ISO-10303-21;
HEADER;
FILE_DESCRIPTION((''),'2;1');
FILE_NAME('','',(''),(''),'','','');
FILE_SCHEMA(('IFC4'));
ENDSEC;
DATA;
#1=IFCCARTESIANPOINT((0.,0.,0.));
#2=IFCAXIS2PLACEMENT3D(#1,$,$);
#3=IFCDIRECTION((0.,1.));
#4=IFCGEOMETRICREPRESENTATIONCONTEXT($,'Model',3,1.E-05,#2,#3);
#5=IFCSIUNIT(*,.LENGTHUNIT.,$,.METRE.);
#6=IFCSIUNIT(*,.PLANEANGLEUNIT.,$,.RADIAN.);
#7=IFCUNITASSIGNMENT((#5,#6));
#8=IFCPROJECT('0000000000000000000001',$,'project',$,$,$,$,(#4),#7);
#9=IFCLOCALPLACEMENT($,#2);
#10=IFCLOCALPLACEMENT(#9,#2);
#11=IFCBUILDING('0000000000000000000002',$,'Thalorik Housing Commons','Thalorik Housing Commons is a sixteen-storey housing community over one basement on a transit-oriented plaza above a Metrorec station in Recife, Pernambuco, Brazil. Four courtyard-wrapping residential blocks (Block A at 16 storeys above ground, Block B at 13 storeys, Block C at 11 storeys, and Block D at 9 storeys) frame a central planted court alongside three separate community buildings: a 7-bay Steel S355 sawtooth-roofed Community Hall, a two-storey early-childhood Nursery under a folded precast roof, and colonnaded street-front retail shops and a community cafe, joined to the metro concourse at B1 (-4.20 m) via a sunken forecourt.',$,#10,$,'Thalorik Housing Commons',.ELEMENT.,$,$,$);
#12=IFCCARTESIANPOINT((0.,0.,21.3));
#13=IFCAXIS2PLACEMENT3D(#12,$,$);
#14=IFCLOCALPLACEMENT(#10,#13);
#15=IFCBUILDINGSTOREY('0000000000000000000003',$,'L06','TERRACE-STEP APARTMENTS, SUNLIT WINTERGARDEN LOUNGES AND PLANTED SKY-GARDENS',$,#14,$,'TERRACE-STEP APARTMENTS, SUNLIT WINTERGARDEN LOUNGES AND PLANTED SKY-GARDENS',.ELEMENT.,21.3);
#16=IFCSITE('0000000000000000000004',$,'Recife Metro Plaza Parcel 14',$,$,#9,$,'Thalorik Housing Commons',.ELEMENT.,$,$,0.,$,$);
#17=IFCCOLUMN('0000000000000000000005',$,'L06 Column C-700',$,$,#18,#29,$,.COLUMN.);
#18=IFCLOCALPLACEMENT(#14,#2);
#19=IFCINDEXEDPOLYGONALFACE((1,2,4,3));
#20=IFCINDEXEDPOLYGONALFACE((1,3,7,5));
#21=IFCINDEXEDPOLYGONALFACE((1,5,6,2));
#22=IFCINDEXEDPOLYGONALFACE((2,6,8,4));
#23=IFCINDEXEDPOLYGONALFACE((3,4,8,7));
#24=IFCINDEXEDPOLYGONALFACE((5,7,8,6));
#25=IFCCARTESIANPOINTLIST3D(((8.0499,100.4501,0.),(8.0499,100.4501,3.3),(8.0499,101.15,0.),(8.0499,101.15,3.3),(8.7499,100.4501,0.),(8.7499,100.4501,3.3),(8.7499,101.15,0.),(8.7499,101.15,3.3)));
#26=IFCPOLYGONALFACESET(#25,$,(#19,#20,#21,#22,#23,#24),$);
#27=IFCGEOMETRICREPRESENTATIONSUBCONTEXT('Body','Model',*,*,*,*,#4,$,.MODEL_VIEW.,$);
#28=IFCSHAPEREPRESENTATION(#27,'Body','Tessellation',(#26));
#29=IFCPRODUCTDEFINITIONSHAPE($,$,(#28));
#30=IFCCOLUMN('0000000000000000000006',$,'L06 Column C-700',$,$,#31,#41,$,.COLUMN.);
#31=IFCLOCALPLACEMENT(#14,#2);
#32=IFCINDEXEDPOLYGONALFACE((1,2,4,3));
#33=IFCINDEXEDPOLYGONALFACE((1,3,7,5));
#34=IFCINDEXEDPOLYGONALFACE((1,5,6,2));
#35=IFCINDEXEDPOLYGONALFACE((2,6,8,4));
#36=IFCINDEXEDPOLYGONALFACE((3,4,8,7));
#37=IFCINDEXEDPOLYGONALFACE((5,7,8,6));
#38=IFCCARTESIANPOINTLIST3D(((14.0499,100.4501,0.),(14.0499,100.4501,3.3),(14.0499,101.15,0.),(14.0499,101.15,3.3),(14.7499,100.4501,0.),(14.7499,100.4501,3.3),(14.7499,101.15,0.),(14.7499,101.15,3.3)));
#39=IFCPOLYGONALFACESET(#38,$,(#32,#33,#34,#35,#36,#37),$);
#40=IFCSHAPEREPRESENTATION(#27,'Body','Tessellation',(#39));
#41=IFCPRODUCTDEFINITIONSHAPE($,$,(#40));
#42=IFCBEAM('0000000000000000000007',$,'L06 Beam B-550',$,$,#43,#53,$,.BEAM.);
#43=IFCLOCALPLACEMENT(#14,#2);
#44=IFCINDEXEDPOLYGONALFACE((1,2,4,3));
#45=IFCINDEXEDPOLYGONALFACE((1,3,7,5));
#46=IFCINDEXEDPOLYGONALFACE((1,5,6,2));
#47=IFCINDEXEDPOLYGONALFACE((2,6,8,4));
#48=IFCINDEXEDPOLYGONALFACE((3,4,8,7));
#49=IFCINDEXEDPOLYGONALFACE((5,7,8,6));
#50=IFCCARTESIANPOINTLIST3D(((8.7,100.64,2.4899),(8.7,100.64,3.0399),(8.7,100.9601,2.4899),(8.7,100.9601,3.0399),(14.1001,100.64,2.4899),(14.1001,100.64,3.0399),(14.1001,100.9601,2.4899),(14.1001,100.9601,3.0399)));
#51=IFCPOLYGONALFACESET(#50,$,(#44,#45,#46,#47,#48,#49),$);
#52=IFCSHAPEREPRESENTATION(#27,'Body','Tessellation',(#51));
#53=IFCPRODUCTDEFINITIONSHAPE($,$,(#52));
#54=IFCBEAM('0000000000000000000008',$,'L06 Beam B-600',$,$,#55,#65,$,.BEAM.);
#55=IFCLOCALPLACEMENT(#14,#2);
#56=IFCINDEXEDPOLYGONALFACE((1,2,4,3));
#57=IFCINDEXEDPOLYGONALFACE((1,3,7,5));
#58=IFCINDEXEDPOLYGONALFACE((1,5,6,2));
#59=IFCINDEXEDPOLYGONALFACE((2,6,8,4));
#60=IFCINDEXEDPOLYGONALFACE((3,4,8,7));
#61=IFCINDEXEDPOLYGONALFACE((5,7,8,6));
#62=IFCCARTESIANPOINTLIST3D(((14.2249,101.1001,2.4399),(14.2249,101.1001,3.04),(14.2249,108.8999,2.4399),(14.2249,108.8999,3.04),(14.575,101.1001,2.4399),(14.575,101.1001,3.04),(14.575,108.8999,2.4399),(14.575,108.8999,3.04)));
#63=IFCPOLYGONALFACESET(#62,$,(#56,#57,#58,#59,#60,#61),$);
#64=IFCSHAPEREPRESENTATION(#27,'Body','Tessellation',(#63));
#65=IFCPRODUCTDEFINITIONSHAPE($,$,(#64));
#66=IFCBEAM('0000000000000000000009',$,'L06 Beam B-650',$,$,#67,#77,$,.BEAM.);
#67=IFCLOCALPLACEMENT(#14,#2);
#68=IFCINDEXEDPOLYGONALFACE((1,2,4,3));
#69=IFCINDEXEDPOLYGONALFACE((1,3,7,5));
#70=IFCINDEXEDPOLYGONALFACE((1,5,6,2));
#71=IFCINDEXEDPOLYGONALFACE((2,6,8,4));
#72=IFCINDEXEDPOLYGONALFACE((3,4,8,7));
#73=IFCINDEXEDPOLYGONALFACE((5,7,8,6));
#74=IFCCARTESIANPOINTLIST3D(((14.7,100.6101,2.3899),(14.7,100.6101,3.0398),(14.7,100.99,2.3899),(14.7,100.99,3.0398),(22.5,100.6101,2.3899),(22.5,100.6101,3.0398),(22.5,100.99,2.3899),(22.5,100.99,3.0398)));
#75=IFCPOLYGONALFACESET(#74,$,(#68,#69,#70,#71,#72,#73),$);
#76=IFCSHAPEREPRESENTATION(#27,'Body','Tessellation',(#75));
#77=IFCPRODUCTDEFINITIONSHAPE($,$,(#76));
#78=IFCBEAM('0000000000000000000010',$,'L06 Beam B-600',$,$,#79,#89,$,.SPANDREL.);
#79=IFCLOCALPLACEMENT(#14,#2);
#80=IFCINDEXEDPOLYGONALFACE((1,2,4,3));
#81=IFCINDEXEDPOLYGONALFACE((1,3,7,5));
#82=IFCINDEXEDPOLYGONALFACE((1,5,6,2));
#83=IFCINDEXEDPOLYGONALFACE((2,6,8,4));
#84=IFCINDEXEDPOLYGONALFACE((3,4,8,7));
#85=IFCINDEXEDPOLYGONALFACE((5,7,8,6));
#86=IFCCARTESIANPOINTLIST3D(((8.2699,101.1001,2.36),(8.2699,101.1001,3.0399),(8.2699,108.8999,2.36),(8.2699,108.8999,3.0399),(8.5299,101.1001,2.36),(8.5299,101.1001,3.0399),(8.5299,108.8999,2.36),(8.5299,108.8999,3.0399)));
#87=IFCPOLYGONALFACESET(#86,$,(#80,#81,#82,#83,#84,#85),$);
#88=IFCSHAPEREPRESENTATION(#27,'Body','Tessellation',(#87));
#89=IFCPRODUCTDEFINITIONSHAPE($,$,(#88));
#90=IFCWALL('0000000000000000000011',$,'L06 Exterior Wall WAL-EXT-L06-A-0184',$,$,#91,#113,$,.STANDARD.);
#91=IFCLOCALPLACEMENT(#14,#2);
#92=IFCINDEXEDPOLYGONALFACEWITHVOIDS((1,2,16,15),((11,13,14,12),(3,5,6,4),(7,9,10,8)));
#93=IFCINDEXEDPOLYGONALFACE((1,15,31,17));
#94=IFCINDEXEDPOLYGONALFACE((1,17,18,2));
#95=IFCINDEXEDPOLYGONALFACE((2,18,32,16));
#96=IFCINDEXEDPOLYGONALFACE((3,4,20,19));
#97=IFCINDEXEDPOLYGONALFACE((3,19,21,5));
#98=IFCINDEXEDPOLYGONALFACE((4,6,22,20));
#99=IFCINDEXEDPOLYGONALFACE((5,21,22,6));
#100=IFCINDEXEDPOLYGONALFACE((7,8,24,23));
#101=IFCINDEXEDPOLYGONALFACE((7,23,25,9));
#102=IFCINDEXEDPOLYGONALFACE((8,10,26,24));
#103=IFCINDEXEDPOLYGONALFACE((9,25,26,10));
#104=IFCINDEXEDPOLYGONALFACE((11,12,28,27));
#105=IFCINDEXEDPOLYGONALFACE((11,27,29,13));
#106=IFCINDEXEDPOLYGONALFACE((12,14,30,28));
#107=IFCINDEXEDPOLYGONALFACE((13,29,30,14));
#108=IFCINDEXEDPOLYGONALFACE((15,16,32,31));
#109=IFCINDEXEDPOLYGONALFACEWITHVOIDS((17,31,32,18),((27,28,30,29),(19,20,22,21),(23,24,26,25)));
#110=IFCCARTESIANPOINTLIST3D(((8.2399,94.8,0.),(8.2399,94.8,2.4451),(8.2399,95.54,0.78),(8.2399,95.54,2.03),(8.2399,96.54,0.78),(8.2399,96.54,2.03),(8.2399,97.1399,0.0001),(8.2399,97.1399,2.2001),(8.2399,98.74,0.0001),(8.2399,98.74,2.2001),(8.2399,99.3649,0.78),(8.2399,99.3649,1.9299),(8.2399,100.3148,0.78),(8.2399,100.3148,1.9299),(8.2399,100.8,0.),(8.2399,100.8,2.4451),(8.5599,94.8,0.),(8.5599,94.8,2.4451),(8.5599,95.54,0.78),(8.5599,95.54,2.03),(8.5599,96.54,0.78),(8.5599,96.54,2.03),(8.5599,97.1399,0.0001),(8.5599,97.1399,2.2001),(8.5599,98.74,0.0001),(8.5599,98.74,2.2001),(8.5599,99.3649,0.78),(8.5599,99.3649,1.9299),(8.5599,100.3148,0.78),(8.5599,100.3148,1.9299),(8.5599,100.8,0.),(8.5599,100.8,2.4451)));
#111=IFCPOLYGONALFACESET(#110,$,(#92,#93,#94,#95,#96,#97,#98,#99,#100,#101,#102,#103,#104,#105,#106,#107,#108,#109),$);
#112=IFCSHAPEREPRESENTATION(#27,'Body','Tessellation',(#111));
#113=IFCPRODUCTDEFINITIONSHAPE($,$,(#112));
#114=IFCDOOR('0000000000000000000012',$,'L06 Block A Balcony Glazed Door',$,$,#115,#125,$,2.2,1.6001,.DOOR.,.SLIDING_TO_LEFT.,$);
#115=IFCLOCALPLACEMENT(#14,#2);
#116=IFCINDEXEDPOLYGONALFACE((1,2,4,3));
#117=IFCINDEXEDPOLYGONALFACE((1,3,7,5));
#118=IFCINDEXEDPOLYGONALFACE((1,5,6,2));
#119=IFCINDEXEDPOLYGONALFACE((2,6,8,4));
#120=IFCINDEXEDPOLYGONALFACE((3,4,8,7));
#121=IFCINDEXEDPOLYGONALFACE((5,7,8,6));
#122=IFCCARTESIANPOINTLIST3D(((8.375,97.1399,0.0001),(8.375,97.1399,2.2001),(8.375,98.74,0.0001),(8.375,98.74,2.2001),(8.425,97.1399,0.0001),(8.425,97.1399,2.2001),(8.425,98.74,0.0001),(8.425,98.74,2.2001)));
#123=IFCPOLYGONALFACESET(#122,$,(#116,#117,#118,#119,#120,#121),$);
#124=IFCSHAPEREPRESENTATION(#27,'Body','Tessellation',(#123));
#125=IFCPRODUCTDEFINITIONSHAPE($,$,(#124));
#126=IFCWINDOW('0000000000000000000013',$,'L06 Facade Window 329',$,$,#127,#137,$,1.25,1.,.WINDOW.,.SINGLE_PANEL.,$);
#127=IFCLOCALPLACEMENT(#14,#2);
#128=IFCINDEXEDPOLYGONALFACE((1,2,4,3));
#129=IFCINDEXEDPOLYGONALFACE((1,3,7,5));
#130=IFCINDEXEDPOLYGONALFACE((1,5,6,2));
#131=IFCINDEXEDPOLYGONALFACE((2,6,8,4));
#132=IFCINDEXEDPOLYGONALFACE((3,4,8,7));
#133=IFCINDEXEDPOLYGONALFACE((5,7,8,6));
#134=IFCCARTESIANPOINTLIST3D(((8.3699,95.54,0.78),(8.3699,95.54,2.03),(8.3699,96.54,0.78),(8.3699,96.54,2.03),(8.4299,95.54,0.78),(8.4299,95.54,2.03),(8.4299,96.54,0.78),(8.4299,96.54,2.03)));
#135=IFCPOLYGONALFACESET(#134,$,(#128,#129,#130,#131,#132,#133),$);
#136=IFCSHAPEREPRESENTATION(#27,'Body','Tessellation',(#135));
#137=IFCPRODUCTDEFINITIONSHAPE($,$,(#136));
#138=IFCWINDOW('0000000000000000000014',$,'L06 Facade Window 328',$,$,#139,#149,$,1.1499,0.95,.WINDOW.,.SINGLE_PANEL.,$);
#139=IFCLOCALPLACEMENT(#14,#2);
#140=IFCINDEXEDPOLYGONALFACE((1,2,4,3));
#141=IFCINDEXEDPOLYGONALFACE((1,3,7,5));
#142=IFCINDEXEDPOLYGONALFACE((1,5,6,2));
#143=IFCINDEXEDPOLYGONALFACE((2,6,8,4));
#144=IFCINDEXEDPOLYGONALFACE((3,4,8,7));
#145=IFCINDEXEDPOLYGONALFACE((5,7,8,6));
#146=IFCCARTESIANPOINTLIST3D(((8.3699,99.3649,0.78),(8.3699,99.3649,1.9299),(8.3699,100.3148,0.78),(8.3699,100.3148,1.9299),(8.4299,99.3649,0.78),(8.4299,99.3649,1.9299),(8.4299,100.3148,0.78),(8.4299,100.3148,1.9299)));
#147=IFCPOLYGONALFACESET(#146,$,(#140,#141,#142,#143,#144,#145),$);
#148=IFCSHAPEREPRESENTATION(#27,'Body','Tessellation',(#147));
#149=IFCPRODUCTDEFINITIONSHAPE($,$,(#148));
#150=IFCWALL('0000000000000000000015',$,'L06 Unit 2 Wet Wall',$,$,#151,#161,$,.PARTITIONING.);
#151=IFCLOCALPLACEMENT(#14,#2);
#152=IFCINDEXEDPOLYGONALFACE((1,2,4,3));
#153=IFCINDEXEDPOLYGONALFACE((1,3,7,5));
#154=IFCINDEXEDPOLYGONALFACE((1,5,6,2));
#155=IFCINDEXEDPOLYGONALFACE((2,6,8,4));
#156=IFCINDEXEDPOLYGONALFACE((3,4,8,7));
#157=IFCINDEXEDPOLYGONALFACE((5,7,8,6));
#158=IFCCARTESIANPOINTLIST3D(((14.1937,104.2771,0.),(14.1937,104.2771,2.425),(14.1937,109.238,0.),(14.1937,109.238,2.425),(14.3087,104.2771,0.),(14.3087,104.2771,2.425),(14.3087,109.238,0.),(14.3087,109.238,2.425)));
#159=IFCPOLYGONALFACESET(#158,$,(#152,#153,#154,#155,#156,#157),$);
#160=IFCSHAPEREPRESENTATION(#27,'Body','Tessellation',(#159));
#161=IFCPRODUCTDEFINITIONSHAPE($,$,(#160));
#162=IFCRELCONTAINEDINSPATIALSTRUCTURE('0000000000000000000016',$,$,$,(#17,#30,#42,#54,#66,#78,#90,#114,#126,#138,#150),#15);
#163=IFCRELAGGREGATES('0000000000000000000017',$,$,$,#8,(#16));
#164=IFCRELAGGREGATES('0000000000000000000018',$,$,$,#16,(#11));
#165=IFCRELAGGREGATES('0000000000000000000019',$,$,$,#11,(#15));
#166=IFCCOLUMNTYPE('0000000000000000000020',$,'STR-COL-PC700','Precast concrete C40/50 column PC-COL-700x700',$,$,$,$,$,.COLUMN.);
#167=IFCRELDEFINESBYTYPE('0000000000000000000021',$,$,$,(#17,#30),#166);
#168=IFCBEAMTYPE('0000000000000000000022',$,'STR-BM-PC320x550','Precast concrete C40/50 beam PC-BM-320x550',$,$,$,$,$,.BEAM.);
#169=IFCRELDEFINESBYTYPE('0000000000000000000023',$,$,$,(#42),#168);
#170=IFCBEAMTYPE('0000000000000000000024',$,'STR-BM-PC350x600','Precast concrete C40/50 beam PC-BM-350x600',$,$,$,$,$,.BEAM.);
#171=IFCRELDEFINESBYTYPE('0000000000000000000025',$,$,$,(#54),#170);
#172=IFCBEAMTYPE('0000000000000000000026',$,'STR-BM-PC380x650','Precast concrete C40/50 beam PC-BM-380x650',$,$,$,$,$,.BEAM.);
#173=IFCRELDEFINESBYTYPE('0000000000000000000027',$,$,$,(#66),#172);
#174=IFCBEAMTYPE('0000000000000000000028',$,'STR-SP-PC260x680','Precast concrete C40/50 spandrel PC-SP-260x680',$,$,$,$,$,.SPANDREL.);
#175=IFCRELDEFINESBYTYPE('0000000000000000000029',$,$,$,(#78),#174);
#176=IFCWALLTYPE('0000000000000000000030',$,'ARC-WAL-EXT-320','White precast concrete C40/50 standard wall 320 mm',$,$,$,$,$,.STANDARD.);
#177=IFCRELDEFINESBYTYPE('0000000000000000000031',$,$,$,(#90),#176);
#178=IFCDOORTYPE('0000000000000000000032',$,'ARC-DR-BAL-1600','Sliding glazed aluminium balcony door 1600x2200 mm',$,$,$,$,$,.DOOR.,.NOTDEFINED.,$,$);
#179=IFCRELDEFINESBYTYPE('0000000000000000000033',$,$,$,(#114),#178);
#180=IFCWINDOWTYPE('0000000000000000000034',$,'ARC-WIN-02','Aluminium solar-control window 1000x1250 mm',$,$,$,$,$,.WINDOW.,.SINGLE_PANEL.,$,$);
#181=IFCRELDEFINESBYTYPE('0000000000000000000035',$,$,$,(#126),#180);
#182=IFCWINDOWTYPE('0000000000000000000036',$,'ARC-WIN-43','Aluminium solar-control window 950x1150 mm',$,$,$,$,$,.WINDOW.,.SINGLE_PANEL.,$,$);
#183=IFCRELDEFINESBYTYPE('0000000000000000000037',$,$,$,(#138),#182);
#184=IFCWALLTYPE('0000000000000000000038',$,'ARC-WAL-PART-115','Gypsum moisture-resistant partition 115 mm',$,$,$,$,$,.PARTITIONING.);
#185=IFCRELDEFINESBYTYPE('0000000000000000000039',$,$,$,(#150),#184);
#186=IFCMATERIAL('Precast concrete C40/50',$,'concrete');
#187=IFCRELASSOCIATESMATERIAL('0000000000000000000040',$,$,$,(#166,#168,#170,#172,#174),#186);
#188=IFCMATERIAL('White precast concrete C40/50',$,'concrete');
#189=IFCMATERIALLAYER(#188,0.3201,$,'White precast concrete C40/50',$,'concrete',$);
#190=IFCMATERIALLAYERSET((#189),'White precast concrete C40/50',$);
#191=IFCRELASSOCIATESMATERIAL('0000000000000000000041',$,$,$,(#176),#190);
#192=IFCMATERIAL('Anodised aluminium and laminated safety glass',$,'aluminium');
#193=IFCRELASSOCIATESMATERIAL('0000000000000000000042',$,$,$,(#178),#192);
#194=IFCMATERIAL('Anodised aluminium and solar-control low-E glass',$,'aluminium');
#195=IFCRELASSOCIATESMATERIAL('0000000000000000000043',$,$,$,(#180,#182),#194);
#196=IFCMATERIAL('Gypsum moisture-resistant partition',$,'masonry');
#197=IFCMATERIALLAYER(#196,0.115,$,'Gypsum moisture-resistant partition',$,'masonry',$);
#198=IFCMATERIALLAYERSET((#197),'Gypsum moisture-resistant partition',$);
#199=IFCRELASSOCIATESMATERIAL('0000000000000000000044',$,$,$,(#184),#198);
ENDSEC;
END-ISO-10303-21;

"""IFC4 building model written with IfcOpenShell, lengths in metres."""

from ifc_helpers import new_model, si_unit, direction, frame, frame_2d, origin, origin_2d, place, context, subcontext, project, spatial, rectangle, extrude, material, layer, layer_set, material_profile, profile_set, type_object, element, fill, save


model = new_model("IFC4")

# Units and contexts
model_context = context("Model", 3, precision=1e-05, world=origin(), true_north=direction((0.0, 1.0)))
body_context = subcontext(model_context, "Body", "Model", "MODEL_VIEW")
ifc_project = project(units=[si_unit("LENGTHUNIT", "METRE"), si_unit("PLANEANGLEUNIT", "RADIAN")], contexts=[model_context])

# Site, building, storey
site_placement = place(None, origin())
site = spatial("IfcSite", under=ifc_project, at=site_placement, Name="Recife Metro Plaza Parcel 14", LongName="Thalorik Housing Commons", CompositionType="ELEMENT", RefElevation=0.0)
building_placement = place(site_placement, origin())
building = spatial("IfcBuilding", under=site, at=building_placement, Name="Thalorik Housing Commons", Description="Thalorik Housing Commons is a sixteen-storey housing community over one basement on a transit-oriented plaza above a Metrorec station in Recife, Pernambuco, Brazil. Four courtyard-wrapping residential blocks (Block A at 16 storeys above ground, Block B at 13 storeys, Block C at 11 storeys, and Block D at 9 storeys) frame a central planted court alongside three separate community buildings: a 7-bay Steel S355 sawtooth-roofed Community Hall, a two-storey early-childhood Nursery under a folded precast roof, and colonnaded street-front retail shops and a community cafe, joined to the metro concourse at B1 (-4.20 m) via a sunken forecourt.", LongName="Thalorik Housing Commons", CompositionType="ELEMENT")
storey_placement = place(building_placement, frame((0.0, 0.0, 21.3)))
storey = spatial("IfcBuildingStorey", under=building, at=storey_placement, Name="L06", Description="TERRACE-STEP APARTMENTS, SUNLIT WINTERGARDEN LOUNGES AND PLANTED SKY-GARDENS", LongName="TERRACE-STEP APARTMENTS, SUNLIT WINTERGARDEN LOUNGES AND PLANTED SKY-GARDENS", CompositionType="ELEMENT", Elevation=21.3)

# Columns
ifc_material_1 = material(Name="Precast concrete C40/50", Category="concrete")
ifc_material_profile_1 = material_profile(ifc_material_1, rectangle(XDim=0.7, YDim=0.7, at=origin_2d()), Name="PC 700x700", Category="concrete")
ifc_profile_set_1 = profile_set([ifc_material_profile_1], Name="Precast concrete C40/50")
column_type = type_object("IfcColumnType", Name="STR-COL-PC700", Description="Precast concrete C40/50 column PC-COL-700x700", PredefinedType="COLUMN", material=ifc_profile_set_1)
for number, where, z_axis, x_axis, name in (
    (1, (8.3999, 100.8, 0.0), (0.0, 0.0, 1.0), (1.0, 0.0, 0.0), "L06 Column C-700"),
    (2, (14.3999, 100.8, 0.0), (0.0, 0.0, 1.0), (1.0, 0.0, 0.0), "L06 Column C-700"),
):
    element("IfcColumn", number, at=place(storey_placement, frame(where, z_axis=z_axis, x_axis=x_axis)), inside=storey, type_object=column_type, Name=name, PredefinedType="COLUMN", context=body_context, shape_type="SweptSolid", body=[
        extrude(rectangle(XDim=0.7, YDim=0.7, at=origin_2d()), origin(), (0.0, 0.0, 1.0), 3.3),
    ])

# Beams
ifc_material_profile_2 = material_profile(ifc_material_1, rectangle(XDim=0.3201, YDim=0.55, at=origin_2d()), Name="PC 320x550", Category="concrete")
ifc_profile_set_2 = profile_set([ifc_material_profile_2], Name="Precast concrete C40/50")
beam_type_1 = type_object("IfcBeamType", Name="STR-BM-PC320x550", Description="Precast concrete C40/50 beam PC-BM-320x550", PredefinedType="BEAM", material=ifc_profile_set_2)
beam_1_placement = place(storey_placement, frame((8.7, 100.8, 2.7649), z_axis=(1.0, 0.0, 0.0), x_axis=(0.0, 1.0, 0.0)))
element("IfcBeam", 3, at=beam_1_placement, inside=storey, type_object=beam_type_1, Name="L06 Beam B-550", PredefinedType="BEAM", context=body_context, shape_type="SweptSolid", body=[
    extrude(rectangle(XDim=0.3201, YDim=0.55, at=origin_2d()), origin(), (0.0, 0.0, 1.0), 5.4001),
])
ifc_material_profile_3 = material_profile(ifc_material_1, rectangle(XDim=0.3501, YDim=0.6001, at=origin_2d()), Name="PC 350x600", Category="concrete")
ifc_profile_set_3 = profile_set([ifc_material_profile_3], Name="Precast concrete C40/50")
beam_type_2 = type_object("IfcBeamType", Name="STR-BM-PC350x600", Description="Precast concrete C40/50 beam PC-BM-350x600", PredefinedType="BEAM", material=ifc_profile_set_3)
beam_2_placement = place(storey_placement, frame((14.3999, 101.1001, 2.74), z_axis=(0.0, 1.0, 0.0), x_axis=(-1.0, 0.0, 0.0)))
element("IfcBeam", 4, at=beam_2_placement, inside=storey, type_object=beam_type_2, Name="L06 Beam B-600", PredefinedType="BEAM", context=body_context, shape_type="SweptSolid", body=[
    extrude(rectangle(XDim=0.3501, YDim=0.6001, at=origin_2d()), origin(), (0.0, 0.0, 1.0), 7.7998),
])
ifc_material_profile_4 = material_profile(ifc_material_1, rectangle(XDim=0.3799, YDim=0.6499, at=origin_2d()), Name="PC 380x650", Category="concrete")
ifc_profile_set_4 = profile_set([ifc_material_profile_4], Name="Precast concrete C40/50")
beam_type_3 = type_object("IfcBeamType", Name="STR-BM-PC380x650", Description="Precast concrete C40/50 beam PC-BM-380x650", PredefinedType="BEAM", material=ifc_profile_set_4)
beam_3_placement = place(storey_placement, frame((14.7, 100.8, 2.7148), z_axis=(1.0, 0.0, 0.0), x_axis=(0.0, 1.0, 0.0)))
element("IfcBeam", 5, at=beam_3_placement, inside=storey, type_object=beam_type_3, Name="L06 Beam B-650", PredefinedType="BEAM", context=body_context, shape_type="SweptSolid", body=[
    extrude(rectangle(XDim=0.3799, YDim=0.6499, at=origin_2d()), origin(), (0.0, 0.0, 1.0), 7.8),
])
ifc_material_profile_5 = material_profile(ifc_material_1, rectangle(XDim=0.26, YDim=0.6799, at=origin_2d()), Name="PC SP 260x680", Category="concrete")
ifc_profile_set_5 = profile_set([ifc_material_profile_5], Name="Precast concrete C40/50")
beam_type_4 = type_object("IfcBeamType", Name="STR-SP-PC260x680", Description="Precast concrete C40/50 spandrel PC-SP-260x680", PredefinedType="SPANDREL", material=ifc_profile_set_5)
beam_4_placement = place(storey_placement, frame((8.3999, 101.1001, 2.7), z_axis=(0.0, 1.0, 0.0), x_axis=(-1.0, 0.0, 0.0)))
element("IfcBeam", 6, at=beam_4_placement, inside=storey, type_object=beam_type_4, Name="L06 Beam B-600", PredefinedType="SPANDREL", context=body_context, shape_type="SweptSolid", body=[
    extrude(rectangle(XDim=0.26, YDim=0.6799, at=origin_2d()), origin(), (0.0, 0.0, 1.0), 7.7998),
])

# Wall, openings, door, windows
ifc_material_2 = material(Name="White precast concrete C40/50", Category="concrete")
ifc_layer_1 = layer(ifc_material_2, 0.3201, Name="White precast concrete C40/50", Category="concrete")
ifc_layer_set_1 = layer_set([ifc_layer_1], Name="White precast concrete C40/50")
wall_type_1 = type_object("IfcWallType", Name="ARC-WAL-EXT-320", Description="White precast concrete C40/50 standard wall 320 mm", PredefinedType="STANDARD", material=ifc_layer_set_1)
wall_1_placement = place(storey_placement, frame((8.3999, 100.8, 0.0), z_axis=(0.0, 0.0, 1.0), x_axis=(0.0, -1.0, 0.0)))
wall_1 = element("IfcWall", 7, at=wall_1_placement, inside=storey, type_object=wall_type_1, Name="L06 Exterior Wall WAL-EXT-L06-A-0184", PredefinedType="STANDARD", context=body_context, shape_type="SweptSolid", body=[
    extrude(rectangle(XDim=6.0, YDim=0.3201, at=frame_2d((3.0, 0.0))), origin(), (0.0, 0.0, 1.0), 2.4451),
])
opening_1_placement = place(wall_1_placement, frame((2.0601, 0.0, 0.0)))
opening_1 = element("IfcOpeningElement", 8, at=opening_1_placement, cuts=wall_1, PredefinedType="OPENING", context=body_context, shape_type="SweptSolid", body=[
    extrude(rectangle(XDim=1.6001, YDim=2.2, at=frame_2d((0.8, 1.1001))), frame((0.0, 0.1699, 0.0), z_axis=(0.0, -1.0, 0.0), x_axis=(1.0, 0.0, 0.0)), (0.0, 0.0, 1.0), 0.3401),
])
opening_2_placement = place(wall_1_placement, frame((0.4851, 0.0, 0.78)))
opening_2 = element("IfcOpeningElement", 9, at=opening_2_placement, cuts=wall_1, PredefinedType="OPENING", context=body_context, shape_type="SweptSolid", body=[
    extrude(rectangle(XDim=0.95, YDim=1.1499, at=frame_2d((0.4751, 0.575))), frame((0.0, 0.1699, 0.0), z_axis=(0.0, -1.0, 0.0), x_axis=(1.0, 0.0, 0.0)), (0.0, 0.0, 1.0), 0.3401),
])
opening_3_placement = place(wall_1_placement, frame((4.26, 0.0, 0.78)))
opening_3 = element("IfcOpeningElement", 10, at=opening_3_placement, cuts=wall_1, PredefinedType="OPENING", context=body_context, shape_type="SweptSolid", body=[
    extrude(rectangle(XDim=1.0, YDim=1.25, at=frame_2d((0.5, 0.625))), frame((0.0, 0.1699, 0.0), z_axis=(0.0, -1.0, 0.0), x_axis=(1.0, 0.0, 0.0)), (0.0, 0.0, 1.0), 0.3401),
])
ifc_material_3 = material(Name="Anodised aluminium and laminated safety glass", Category="aluminium")
door_type_1 = type_object("IfcDoorType", Name="ARC-DR-BAL-1600", Description="Sliding glazed aluminium balcony door 1600x2200 mm", OperationType="NOTDEFINED", PredefinedType="DOOR", material=ifc_material_3)
door_1_placement = place(opening_1_placement, frame((1.6001, 0.0, 0.0), z_axis=(0.0, 0.0, 1.0), x_axis=(-1.0, 0.0, 0.0)))
door_1 = element("IfcDoor", 11, at=door_1_placement, inside=storey, type_object=door_type_1, Name="L06 Block A Balcony Glazed Door", OperationType="SLIDING_TO_LEFT", OverallHeight=2.2, OverallWidth=1.6001, PredefinedType="DOOR", context=body_context, shape_type="SweptSolid", body=[
    extrude(rectangle(XDim=1.6001, YDim=2.2, at=frame_2d((0.8, 1.1001))), frame((0.0, 0.0249, 0.0), z_axis=(0.0, -1.0, 0.0), x_axis=(1.0, 0.0, 0.0)), (0.0, 0.0, 1.0), 0.05),
])
fill(opening_1, door_1)
ifc_material_4 = material(Name="Anodised aluminium and solar-control low-E glass", Category="aluminium")
window_type_1 = type_object("IfcWindowType", Name="ARC-WIN-02", Description="Aluminium solar-control window 1000x1250 mm", PartitioningType="SINGLE_PANEL", PredefinedType="WINDOW", material=ifc_material_4)
window_1_placement = place(opening_3_placement, origin())
window_1 = element("IfcWindow", 12, at=window_1_placement, inside=storey, type_object=window_type_1, Name="L06 Facade Window 329", OverallHeight=1.25, OverallWidth=1.0, PartitioningType="SINGLE_PANEL", PredefinedType="WINDOW", context=body_context, shape_type="SweptSolid", body=[
    extrude(rectangle(XDim=1.0, YDim=1.25, at=frame_2d((0.5, 0.625))), frame((0.0, 0.03, 0.0), z_axis=(0.0, -1.0, 0.0), x_axis=(1.0, 0.0, 0.0)), (0.0, 0.0, 1.0), 0.0601),
])
fill(opening_3, window_1)
window_type_2 = type_object("IfcWindowType", Name="ARC-WIN-43", Description="Aluminium solar-control window 950x1150 mm", PartitioningType="SINGLE_PANEL", PredefinedType="WINDOW", material=ifc_material_4)
window_2_placement = place(opening_2_placement, origin())
window_2 = element("IfcWindow", 13, at=window_2_placement, inside=storey, type_object=window_type_2, Name="L06 Facade Window 328", OverallHeight=1.1499, OverallWidth=0.95, PartitioningType="SINGLE_PANEL", PredefinedType="WINDOW", context=body_context, shape_type="SweptSolid", body=[
    extrude(rectangle(XDim=0.95, YDim=1.1499, at=frame_2d((0.4751, 0.575))), frame((0.0, 0.03, 0.0), z_axis=(0.0, -1.0, 0.0), x_axis=(1.0, 0.0, 0.0)), (0.0, 0.0, 1.0), 0.0601),
])
fill(opening_2, window_2)

# Wall
ifc_material_5 = material(Name="Gypsum moisture-resistant partition", Category="masonry")
ifc_layer_2 = layer(ifc_material_5, 0.115, Name="Gypsum moisture-resistant partition", Category="masonry")
ifc_layer_set_2 = layer_set([ifc_layer_2], Name="Gypsum moisture-resistant partition")
wall_type_2 = type_object("IfcWallType", Name="ARC-WAL-PART-115", Description="Gypsum moisture-resistant partition 115 mm", PredefinedType="PARTITIONING", material=ifc_layer_set_2)
wall_2_placement = place(storey_placement, frame((14.2512, 104.2771, 0.0), z_axis=(0.0, 0.0, 1.0), x_axis=(0.0, 1.0, 0.0)))
element("IfcWall", 14, at=wall_2_placement, inside=storey, type_object=wall_type_2, Name="L06 Unit 2 Wet Wall", PredefinedType="PARTITIONING", context=body_context, shape_type="SweptSolid", body=[
    extrude(rectangle(XDim=4.9609, YDim=0.115, at=frame_2d((2.4805, 0.0))), origin(), (0.0, 0.0, 1.0), 2.425),
])

save(model, "model.ifc")
